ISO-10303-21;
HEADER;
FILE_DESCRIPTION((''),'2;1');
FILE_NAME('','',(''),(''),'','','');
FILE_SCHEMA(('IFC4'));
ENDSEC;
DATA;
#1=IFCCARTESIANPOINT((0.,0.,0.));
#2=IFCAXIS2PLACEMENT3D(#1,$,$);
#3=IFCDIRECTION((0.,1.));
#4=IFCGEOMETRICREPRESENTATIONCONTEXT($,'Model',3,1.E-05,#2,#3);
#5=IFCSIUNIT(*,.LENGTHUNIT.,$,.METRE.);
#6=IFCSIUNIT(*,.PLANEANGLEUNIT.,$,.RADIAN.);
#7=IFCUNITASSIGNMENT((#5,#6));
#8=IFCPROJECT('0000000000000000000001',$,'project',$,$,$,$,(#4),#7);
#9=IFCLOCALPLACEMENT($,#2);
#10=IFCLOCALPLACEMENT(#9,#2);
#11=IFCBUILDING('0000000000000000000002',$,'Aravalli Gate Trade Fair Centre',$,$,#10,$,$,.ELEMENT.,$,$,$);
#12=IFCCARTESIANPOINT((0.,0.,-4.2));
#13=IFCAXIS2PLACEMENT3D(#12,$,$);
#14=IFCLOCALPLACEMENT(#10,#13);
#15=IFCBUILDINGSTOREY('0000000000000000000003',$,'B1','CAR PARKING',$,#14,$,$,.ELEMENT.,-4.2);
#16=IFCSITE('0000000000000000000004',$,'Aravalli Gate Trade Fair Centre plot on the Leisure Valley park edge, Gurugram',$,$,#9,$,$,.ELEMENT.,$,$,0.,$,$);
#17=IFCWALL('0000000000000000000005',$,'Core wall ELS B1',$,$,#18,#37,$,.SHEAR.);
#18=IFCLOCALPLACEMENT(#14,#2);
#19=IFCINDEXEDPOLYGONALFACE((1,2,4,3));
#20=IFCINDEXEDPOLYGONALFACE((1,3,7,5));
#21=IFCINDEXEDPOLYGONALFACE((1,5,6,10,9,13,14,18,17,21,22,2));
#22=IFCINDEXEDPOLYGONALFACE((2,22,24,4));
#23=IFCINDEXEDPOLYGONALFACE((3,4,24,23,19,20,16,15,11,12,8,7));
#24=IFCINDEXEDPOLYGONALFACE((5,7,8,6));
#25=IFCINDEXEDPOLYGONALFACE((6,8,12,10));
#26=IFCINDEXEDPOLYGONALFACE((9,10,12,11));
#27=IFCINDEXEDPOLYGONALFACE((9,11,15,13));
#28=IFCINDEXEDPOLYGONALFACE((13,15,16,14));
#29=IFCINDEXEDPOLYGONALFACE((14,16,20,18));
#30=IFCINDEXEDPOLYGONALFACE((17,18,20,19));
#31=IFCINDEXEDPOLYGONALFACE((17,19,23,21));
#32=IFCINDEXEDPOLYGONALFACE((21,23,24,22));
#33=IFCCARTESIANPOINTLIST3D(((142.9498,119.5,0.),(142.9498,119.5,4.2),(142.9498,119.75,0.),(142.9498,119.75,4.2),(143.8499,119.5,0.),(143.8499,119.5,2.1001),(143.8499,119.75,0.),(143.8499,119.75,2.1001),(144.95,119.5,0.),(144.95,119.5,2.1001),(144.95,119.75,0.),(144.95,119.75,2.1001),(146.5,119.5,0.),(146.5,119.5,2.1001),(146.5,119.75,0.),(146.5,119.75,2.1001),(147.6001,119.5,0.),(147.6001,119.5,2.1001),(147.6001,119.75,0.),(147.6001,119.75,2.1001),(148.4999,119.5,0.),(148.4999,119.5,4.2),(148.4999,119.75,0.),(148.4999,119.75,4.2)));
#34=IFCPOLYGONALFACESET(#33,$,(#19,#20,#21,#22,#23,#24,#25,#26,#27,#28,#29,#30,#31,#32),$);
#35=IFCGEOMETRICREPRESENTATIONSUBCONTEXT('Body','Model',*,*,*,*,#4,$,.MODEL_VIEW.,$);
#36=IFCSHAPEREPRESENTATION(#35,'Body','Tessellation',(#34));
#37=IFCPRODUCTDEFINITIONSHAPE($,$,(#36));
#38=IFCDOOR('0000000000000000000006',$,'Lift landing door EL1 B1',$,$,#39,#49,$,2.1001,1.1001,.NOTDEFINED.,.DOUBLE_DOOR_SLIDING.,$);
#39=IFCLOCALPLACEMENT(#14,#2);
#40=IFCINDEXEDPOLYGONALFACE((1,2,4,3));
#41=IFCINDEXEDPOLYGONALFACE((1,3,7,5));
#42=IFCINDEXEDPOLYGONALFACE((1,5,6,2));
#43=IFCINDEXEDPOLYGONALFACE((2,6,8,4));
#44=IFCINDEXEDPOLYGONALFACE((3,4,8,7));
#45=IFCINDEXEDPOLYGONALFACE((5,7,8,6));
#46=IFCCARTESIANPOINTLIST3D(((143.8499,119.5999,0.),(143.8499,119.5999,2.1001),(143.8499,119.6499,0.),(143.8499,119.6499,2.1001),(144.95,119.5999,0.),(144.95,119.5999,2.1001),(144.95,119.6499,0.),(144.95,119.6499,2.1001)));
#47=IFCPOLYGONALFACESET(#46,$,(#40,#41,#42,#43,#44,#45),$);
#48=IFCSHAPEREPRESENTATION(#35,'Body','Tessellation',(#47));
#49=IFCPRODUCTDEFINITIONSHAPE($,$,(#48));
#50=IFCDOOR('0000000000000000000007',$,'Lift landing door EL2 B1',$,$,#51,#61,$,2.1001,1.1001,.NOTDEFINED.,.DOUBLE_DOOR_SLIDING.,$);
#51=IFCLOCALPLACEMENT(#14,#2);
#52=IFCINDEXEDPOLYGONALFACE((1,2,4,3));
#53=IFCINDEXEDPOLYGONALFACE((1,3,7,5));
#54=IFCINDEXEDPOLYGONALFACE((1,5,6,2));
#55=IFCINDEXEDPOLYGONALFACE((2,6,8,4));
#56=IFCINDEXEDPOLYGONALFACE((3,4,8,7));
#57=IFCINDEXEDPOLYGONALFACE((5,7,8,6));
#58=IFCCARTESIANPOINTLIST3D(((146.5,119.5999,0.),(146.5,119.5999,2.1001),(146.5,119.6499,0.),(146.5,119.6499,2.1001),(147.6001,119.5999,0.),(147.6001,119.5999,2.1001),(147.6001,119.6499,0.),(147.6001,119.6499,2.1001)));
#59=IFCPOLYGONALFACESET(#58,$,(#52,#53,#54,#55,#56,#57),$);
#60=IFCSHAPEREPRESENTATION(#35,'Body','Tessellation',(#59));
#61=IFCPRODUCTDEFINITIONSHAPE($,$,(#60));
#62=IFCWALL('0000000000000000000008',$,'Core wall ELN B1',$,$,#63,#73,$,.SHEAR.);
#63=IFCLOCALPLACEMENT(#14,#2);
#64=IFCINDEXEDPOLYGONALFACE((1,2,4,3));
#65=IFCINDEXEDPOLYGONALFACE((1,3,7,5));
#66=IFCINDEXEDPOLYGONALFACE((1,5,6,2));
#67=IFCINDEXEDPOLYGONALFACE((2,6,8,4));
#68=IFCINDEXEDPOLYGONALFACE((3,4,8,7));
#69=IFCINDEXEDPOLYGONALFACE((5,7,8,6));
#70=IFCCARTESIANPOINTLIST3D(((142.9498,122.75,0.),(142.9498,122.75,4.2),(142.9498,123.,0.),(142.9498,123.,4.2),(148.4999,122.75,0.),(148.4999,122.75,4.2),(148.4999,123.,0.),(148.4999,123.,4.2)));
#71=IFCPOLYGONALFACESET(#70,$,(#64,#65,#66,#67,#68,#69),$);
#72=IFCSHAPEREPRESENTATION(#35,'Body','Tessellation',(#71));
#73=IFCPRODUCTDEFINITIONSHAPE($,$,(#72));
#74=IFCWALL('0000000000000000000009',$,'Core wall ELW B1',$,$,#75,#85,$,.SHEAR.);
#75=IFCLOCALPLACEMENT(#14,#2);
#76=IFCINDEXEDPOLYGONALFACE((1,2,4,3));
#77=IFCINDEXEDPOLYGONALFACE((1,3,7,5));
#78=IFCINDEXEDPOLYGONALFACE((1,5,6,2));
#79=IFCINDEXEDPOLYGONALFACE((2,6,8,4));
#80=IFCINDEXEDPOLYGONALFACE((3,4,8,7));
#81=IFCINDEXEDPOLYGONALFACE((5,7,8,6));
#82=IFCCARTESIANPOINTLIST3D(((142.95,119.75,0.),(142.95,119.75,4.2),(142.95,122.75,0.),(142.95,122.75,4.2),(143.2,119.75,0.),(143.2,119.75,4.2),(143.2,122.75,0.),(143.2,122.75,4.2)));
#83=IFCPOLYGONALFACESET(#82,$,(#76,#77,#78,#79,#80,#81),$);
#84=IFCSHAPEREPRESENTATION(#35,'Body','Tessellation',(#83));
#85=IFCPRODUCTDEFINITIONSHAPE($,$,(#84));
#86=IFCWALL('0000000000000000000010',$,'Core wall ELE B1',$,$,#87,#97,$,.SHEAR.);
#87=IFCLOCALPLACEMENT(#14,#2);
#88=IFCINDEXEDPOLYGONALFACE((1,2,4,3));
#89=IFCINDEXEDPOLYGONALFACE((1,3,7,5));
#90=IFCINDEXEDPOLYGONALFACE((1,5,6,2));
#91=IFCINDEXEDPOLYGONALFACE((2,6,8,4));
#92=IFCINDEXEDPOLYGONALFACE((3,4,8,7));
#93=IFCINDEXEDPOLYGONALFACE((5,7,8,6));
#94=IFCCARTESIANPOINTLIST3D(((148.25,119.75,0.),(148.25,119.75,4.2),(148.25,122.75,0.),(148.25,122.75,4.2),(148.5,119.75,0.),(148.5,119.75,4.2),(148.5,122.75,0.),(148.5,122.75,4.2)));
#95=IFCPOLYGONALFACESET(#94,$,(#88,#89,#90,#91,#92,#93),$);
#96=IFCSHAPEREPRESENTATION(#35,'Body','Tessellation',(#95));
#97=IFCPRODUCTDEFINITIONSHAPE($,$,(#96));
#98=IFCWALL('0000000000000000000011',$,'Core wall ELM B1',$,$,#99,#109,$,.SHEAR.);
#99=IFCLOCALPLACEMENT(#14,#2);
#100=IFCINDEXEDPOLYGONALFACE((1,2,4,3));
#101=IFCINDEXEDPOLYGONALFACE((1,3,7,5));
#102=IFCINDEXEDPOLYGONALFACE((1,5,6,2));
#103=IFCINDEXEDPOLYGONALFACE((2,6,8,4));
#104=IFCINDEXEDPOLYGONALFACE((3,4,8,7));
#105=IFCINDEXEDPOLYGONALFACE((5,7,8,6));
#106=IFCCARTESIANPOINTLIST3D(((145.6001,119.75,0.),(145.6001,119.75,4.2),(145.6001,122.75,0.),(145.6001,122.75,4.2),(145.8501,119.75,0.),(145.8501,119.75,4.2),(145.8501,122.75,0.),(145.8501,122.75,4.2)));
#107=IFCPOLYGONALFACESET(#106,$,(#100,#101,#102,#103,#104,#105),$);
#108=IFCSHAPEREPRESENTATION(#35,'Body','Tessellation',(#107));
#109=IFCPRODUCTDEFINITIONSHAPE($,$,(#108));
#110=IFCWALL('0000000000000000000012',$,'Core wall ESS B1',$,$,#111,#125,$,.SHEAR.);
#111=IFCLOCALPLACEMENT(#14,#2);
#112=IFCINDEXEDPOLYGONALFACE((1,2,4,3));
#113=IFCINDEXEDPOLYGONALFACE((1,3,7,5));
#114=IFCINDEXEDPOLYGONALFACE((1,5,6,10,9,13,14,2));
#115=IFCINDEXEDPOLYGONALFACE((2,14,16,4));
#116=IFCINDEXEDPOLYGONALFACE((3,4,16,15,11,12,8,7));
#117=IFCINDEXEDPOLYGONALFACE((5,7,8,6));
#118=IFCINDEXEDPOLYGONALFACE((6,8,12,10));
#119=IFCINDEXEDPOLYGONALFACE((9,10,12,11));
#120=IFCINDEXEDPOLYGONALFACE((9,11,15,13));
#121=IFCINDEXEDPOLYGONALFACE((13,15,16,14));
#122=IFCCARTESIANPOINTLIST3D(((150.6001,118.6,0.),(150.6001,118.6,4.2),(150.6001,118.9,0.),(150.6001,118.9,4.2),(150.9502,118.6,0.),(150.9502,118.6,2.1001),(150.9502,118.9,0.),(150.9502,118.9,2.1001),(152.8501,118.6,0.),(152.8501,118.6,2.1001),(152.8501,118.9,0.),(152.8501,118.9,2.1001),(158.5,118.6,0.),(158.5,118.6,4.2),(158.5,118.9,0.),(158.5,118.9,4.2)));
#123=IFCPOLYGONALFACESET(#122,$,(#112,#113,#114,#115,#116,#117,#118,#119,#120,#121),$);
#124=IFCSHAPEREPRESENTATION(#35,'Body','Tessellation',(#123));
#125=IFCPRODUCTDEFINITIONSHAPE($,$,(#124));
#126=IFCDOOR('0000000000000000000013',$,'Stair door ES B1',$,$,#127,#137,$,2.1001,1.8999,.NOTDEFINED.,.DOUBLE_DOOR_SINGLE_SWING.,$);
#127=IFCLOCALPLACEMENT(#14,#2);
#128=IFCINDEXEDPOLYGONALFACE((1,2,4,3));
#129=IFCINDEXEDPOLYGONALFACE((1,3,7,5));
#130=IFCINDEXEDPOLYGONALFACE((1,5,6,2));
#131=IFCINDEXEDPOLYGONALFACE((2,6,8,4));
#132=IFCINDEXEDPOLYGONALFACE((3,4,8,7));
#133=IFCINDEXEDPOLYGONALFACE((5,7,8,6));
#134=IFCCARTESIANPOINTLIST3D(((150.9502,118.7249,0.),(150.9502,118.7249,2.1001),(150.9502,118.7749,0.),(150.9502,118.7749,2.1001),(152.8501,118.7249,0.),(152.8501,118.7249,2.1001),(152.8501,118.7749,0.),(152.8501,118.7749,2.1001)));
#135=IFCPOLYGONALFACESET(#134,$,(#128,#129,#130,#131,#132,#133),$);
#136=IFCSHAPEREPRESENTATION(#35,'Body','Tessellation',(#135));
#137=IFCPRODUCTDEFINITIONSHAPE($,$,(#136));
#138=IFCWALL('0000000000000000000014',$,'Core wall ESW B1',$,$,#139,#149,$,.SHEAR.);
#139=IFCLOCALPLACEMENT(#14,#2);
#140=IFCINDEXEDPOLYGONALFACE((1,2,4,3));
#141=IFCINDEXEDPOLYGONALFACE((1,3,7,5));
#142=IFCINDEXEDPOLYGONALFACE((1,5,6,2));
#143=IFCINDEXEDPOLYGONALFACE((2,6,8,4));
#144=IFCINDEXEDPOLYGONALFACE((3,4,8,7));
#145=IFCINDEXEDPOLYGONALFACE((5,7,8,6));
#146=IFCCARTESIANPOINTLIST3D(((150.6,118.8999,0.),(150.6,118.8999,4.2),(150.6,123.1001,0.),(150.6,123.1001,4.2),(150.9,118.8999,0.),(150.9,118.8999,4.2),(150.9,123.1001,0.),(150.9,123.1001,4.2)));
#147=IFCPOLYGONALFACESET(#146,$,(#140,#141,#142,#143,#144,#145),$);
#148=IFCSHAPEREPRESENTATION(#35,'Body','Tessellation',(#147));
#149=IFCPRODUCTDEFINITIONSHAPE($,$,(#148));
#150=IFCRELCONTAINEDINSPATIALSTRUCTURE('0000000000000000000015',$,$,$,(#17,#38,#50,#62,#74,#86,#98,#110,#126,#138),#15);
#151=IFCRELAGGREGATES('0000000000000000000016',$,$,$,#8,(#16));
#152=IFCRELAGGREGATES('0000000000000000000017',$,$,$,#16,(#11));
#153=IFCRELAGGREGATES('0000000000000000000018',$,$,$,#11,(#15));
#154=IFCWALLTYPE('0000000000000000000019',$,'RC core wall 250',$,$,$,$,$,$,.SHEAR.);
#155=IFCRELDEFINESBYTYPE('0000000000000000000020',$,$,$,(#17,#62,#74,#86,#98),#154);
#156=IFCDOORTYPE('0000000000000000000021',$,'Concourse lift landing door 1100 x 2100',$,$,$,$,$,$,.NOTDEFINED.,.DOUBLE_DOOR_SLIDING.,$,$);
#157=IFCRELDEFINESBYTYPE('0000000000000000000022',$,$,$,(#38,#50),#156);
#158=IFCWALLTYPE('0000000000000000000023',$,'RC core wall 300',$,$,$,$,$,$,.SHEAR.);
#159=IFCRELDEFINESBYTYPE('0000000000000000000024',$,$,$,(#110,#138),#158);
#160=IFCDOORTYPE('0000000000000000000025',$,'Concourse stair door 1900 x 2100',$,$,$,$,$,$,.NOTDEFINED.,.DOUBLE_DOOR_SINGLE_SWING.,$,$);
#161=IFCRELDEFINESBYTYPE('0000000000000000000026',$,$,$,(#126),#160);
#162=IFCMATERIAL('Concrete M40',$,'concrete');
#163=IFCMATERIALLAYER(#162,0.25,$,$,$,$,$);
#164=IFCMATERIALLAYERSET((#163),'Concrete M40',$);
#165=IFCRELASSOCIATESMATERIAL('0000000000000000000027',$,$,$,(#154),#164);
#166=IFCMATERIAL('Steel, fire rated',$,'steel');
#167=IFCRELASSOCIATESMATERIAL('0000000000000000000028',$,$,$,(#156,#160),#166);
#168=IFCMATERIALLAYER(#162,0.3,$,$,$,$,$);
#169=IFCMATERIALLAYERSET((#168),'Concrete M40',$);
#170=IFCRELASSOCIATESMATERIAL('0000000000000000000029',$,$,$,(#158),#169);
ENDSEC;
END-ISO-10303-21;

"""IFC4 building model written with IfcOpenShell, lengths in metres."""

from ifc_helpers import new_model, si_unit, direction, frame, frame_2d, origin, place, context, subcontext, project, spatial, rectangle, extrude, material, layer, layer_set, type_object, element, fill, save


model = new_model("IFC4")

# Units and contexts
model_context = context("Model", 3, precision=1e-05, world=origin(), true_north=direction((0.0, 1.0)))
body_context = subcontext(model_context, "Body", "Model", "MODEL_VIEW")
ifc_project = project(units=[si_unit("LENGTHUNIT", "METRE"), si_unit("PLANEANGLEUNIT", "RADIAN")], contexts=[model_context])

# Site, building, storey
site_placement = place(None, origin())
site = spatial("IfcSite", under=ifc_project, at=site_placement, Name="Aravalli Gate Trade Fair Centre plot on the Leisure Valley park edge, Gurugram", CompositionType="ELEMENT", RefElevation=0.0)
building_placement = place(site_placement, origin())
building = spatial("IfcBuilding", under=site, at=building_placement, Name="Aravalli Gate Trade Fair Centre", CompositionType="ELEMENT")
storey_placement = place(building_placement, frame((0.0, 0.0, -4.2)))
storey = spatial("IfcBuildingStorey", under=building, at=storey_placement, Name="B1", Description="CAR PARKING", CompositionType="ELEMENT", Elevation=-4.2)

# Shared definitions
ifc_material_1 = material(Name="Concrete M40", Category="concrete")

# Wall, openings, doors
ifc_layer_1 = layer(ifc_material_1, 0.25)
ifc_layer_set_1 = layer_set([ifc_layer_1], Name="Concrete M40")
wall_type_1 = type_object("IfcWallType", Name="RC core wall 250", PredefinedType="SHEAR", material=ifc_layer_set_1)
wall_1_placement = place(storey_placement, frame((142.95, 119.625, 0.0), z_axis=(0.0, 0.0, 1.0), x_axis=(1.0, 0.0, 0.0)))
wall_1 = element("IfcWall", 1, at=wall_1_placement, inside=storey, type_object=wall_type_1, Name="Core wall ELS B1", PredefinedType="SHEAR", context=body_context, shape_type="SweptSolid", body=[
    extrude(rectangle(XDim=5.55, YDim=0.25, at=frame_2d((2.7749, 0.0))), origin(), (0.0, 0.0, 1.0), 4.2),
])
opening_1_placement = place(wall_1_placement, frame((0.8999, 0.0, 0.0)))
opening_1 = element("IfcOpeningElement", 2, at=opening_1_placement, cuts=wall_1, PredefinedType="OPENING", context=body_context, shape_type="SweptSolid", body=[
    extrude(rectangle(XDim=1.1001, YDim=2.1001, at=frame_2d((0.55, 1.05))), frame((0.0, 0.135, 0.0), z_axis=(0.0, -1.0, 0.0), x_axis=(1.0, 0.0, 0.0)), (0.0, 0.0, 1.0), 0.27),
])
opening_2_placement = place(wall_1_placement, frame((3.55, 0.0, 0.0)))
opening_2 = element("IfcOpeningElement", 3, at=opening_2_placement, cuts=wall_1, PredefinedType="OPENING", context=body_context, shape_type="SweptSolid", body=[
    extrude(rectangle(XDim=1.1001, YDim=2.1001, at=frame_2d((0.55, 1.05))), frame((0.0, 0.135, 0.0), z_axis=(0.0, -1.0, 0.0), x_axis=(1.0, 0.0, 0.0)), (0.0, 0.0, 1.0), 0.27),
])
ifc_material_2 = material(Name="Steel, fire rated", Category="steel")
door_type_1 = type_object("IfcDoorType", Name="Concourse lift landing door 1100 x 2100", OperationType="DOUBLE_DOOR_SLIDING", PredefinedType="NOTDEFINED", material=ifc_material_2)
door_1_placement = place(opening_1_placement, origin())
door_1 = element("IfcDoor", 4, at=door_1_placement, inside=storey, type_object=door_type_1, Name="Lift landing door EL1 B1", OperationType="DOUBLE_DOOR_SLIDING", OverallHeight=2.1001, OverallWidth=1.1001, PredefinedType="NOTDEFINED", context=body_context, shape_type="SweptSolid", body=[
    extrude(rectangle(XDim=1.1001, YDim=2.1001, at=frame_2d((0.55, 1.05))), frame((0.0, 0.0249, 0.0), z_axis=(0.0, -1.0, 0.0), x_axis=(1.0, 0.0, 0.0)), (0.0, 0.0, 1.0), 0.05),
])
fill(opening_1, door_1)
door_2_placement = place(opening_2_placement, origin())
door_2 = element("IfcDoor", 5, at=door_2_placement, inside=storey, type_object=door_type_1, Name="Lift landing door EL2 B1", OperationType="DOUBLE_DOOR_SLIDING", OverallHeight=2.1001, OverallWidth=1.1001, PredefinedType="NOTDEFINED", context=body_context, shape_type="SweptSolid", body=[
    extrude(rectangle(XDim=1.1001, YDim=2.1001, at=frame_2d((0.55, 1.05))), frame((0.0, 0.0249, 0.0), z_axis=(0.0, -1.0, 0.0), x_axis=(1.0, 0.0, 0.0)), (0.0, 0.0, 1.0), 0.05),
])
fill(opening_2, door_2)

# Walls
wall_2_placement = place(storey_placement, frame((142.95, 122.875, 0.0), z_axis=(0.0, 0.0, 1.0), x_axis=(1.0, 0.0, 0.0)))
element("IfcWall", 6, at=wall_2_placement, inside=storey, type_object=wall_type_1, Name="Core wall ELN B1", PredefinedType="SHEAR", context=body_context, shape_type="SweptSolid", body=[
    extrude(rectangle(XDim=5.55, YDim=0.25, at=frame_2d((2.7749, 0.0))), origin(), (0.0, 0.0, 1.0), 4.2),
])
for number, where, z_axis, x_axis, name in (
    (7, (143.075, 119.75, 0.0), (0.0, 0.0, 1.0), (0.0, 1.0, 0.0), "Core wall ELW B1"),
    (8, (148.375, 119.75, 0.0), (0.0, 0.0, 1.0), (0.0, 1.0, 0.0), "Core wall ELE B1"),
    (9, (145.7251, 119.75, 0.0), (0.0, 0.0, 1.0), (0.0, 1.0, 0.0), "Core wall ELM B1"),
):
    element("IfcWall", number, at=place(storey_placement, frame(where, z_axis=z_axis, x_axis=x_axis)), inside=storey, type_object=wall_type_1, Name=name, PredefinedType="SHEAR", context=body_context, shape_type="SweptSolid", body=[
        extrude(rectangle(XDim=3.0, YDim=0.25, at=frame_2d((1.5, 0.0))), origin(), (0.0, 0.0, 1.0), 4.2),
    ])

# Wall, opening, door
ifc_layer_2 = layer(ifc_material_1, 0.3)
ifc_layer_set_2 = layer_set([ifc_layer_2], Name="Concrete M40")
wall_type_2 = type_object("IfcWallType", Name="RC core wall 300", PredefinedType="SHEAR", material=ifc_layer_set_2)
wall_3_placement = place(storey_placement, frame((150.6001, 118.75, 0.0), z_axis=(0.0, 0.0, 1.0), x_axis=(1.0, 0.0, 0.0)))
wall_3 = element("IfcWall", 10, at=wall_3_placement, inside=storey, type_object=wall_type_2, Name="Core wall ESS B1", PredefinedType="SHEAR", context=body_context, shape_type="SweptSolid", body=[
    extrude(rectangle(XDim=7.8999, YDim=0.3, at=frame_2d((3.95, 0.0))), origin(), (0.0, 0.0, 1.0), 4.2),
])
opening_3_placement = place(wall_3_placement, frame((0.3501, 0.0, 0.0)))
opening_3 = element("IfcOpeningElement", 11, at=opening_3_placement, cuts=wall_3, PredefinedType="OPENING", context=body_context, shape_type="SweptSolid", body=[
    extrude(rectangle(XDim=1.8999, YDim=2.1001, at=frame_2d((0.95, 1.05))), frame((0.0, 0.1599, 0.0), z_axis=(0.0, -1.0, 0.0), x_axis=(1.0, 0.0, 0.0)), (0.0, 0.0, 1.0), 0.3201),
])
door_type_2 = type_object("IfcDoorType", Name="Concourse stair door 1900 x 2100", OperationType="DOUBLE_DOOR_SINGLE_SWING", PredefinedType="NOTDEFINED", material=ifc_material_2)
door_3_placement = place(opening_3_placement, origin())
door_3 = element("IfcDoor", 12, at=door_3_placement, inside=storey, type_object=door_type_2, Name="Stair door ES B1", OperationType="DOUBLE_DOOR_SINGLE_SWING", OverallHeight=2.1001, OverallWidth=1.8999, PredefinedType="NOTDEFINED", context=body_context, shape_type="SweptSolid", body=[
    extrude(rectangle(XDim=1.8999, YDim=2.1001, at=frame_2d((0.95, 1.05))), frame((0.0, 0.0249, 0.0), z_axis=(0.0, -1.0, 0.0), x_axis=(1.0, 0.0, 0.0)), (0.0, 0.0, 1.0), 0.05),
])
fill(opening_3, door_3)

# Wall
wall_4_placement = place(storey_placement, frame((150.75, 118.8999, 0.0), z_axis=(0.0, 0.0, 1.0), x_axis=(0.0, 1.0, 0.0)))
element("IfcWall", 13, at=wall_4_placement, inside=storey, type_object=wall_type_2, Name="Core wall ESW B1", PredefinedType="SHEAR", context=body_context, shape_type="SweptSolid", body=[
    extrude(rectangle(XDim=4.2002, YDim=0.3, at=frame_2d((2.1001, 0.0))), origin(), (0.0, 0.0, 1.0), 4.2),
])

save(model, "model.ifc")
